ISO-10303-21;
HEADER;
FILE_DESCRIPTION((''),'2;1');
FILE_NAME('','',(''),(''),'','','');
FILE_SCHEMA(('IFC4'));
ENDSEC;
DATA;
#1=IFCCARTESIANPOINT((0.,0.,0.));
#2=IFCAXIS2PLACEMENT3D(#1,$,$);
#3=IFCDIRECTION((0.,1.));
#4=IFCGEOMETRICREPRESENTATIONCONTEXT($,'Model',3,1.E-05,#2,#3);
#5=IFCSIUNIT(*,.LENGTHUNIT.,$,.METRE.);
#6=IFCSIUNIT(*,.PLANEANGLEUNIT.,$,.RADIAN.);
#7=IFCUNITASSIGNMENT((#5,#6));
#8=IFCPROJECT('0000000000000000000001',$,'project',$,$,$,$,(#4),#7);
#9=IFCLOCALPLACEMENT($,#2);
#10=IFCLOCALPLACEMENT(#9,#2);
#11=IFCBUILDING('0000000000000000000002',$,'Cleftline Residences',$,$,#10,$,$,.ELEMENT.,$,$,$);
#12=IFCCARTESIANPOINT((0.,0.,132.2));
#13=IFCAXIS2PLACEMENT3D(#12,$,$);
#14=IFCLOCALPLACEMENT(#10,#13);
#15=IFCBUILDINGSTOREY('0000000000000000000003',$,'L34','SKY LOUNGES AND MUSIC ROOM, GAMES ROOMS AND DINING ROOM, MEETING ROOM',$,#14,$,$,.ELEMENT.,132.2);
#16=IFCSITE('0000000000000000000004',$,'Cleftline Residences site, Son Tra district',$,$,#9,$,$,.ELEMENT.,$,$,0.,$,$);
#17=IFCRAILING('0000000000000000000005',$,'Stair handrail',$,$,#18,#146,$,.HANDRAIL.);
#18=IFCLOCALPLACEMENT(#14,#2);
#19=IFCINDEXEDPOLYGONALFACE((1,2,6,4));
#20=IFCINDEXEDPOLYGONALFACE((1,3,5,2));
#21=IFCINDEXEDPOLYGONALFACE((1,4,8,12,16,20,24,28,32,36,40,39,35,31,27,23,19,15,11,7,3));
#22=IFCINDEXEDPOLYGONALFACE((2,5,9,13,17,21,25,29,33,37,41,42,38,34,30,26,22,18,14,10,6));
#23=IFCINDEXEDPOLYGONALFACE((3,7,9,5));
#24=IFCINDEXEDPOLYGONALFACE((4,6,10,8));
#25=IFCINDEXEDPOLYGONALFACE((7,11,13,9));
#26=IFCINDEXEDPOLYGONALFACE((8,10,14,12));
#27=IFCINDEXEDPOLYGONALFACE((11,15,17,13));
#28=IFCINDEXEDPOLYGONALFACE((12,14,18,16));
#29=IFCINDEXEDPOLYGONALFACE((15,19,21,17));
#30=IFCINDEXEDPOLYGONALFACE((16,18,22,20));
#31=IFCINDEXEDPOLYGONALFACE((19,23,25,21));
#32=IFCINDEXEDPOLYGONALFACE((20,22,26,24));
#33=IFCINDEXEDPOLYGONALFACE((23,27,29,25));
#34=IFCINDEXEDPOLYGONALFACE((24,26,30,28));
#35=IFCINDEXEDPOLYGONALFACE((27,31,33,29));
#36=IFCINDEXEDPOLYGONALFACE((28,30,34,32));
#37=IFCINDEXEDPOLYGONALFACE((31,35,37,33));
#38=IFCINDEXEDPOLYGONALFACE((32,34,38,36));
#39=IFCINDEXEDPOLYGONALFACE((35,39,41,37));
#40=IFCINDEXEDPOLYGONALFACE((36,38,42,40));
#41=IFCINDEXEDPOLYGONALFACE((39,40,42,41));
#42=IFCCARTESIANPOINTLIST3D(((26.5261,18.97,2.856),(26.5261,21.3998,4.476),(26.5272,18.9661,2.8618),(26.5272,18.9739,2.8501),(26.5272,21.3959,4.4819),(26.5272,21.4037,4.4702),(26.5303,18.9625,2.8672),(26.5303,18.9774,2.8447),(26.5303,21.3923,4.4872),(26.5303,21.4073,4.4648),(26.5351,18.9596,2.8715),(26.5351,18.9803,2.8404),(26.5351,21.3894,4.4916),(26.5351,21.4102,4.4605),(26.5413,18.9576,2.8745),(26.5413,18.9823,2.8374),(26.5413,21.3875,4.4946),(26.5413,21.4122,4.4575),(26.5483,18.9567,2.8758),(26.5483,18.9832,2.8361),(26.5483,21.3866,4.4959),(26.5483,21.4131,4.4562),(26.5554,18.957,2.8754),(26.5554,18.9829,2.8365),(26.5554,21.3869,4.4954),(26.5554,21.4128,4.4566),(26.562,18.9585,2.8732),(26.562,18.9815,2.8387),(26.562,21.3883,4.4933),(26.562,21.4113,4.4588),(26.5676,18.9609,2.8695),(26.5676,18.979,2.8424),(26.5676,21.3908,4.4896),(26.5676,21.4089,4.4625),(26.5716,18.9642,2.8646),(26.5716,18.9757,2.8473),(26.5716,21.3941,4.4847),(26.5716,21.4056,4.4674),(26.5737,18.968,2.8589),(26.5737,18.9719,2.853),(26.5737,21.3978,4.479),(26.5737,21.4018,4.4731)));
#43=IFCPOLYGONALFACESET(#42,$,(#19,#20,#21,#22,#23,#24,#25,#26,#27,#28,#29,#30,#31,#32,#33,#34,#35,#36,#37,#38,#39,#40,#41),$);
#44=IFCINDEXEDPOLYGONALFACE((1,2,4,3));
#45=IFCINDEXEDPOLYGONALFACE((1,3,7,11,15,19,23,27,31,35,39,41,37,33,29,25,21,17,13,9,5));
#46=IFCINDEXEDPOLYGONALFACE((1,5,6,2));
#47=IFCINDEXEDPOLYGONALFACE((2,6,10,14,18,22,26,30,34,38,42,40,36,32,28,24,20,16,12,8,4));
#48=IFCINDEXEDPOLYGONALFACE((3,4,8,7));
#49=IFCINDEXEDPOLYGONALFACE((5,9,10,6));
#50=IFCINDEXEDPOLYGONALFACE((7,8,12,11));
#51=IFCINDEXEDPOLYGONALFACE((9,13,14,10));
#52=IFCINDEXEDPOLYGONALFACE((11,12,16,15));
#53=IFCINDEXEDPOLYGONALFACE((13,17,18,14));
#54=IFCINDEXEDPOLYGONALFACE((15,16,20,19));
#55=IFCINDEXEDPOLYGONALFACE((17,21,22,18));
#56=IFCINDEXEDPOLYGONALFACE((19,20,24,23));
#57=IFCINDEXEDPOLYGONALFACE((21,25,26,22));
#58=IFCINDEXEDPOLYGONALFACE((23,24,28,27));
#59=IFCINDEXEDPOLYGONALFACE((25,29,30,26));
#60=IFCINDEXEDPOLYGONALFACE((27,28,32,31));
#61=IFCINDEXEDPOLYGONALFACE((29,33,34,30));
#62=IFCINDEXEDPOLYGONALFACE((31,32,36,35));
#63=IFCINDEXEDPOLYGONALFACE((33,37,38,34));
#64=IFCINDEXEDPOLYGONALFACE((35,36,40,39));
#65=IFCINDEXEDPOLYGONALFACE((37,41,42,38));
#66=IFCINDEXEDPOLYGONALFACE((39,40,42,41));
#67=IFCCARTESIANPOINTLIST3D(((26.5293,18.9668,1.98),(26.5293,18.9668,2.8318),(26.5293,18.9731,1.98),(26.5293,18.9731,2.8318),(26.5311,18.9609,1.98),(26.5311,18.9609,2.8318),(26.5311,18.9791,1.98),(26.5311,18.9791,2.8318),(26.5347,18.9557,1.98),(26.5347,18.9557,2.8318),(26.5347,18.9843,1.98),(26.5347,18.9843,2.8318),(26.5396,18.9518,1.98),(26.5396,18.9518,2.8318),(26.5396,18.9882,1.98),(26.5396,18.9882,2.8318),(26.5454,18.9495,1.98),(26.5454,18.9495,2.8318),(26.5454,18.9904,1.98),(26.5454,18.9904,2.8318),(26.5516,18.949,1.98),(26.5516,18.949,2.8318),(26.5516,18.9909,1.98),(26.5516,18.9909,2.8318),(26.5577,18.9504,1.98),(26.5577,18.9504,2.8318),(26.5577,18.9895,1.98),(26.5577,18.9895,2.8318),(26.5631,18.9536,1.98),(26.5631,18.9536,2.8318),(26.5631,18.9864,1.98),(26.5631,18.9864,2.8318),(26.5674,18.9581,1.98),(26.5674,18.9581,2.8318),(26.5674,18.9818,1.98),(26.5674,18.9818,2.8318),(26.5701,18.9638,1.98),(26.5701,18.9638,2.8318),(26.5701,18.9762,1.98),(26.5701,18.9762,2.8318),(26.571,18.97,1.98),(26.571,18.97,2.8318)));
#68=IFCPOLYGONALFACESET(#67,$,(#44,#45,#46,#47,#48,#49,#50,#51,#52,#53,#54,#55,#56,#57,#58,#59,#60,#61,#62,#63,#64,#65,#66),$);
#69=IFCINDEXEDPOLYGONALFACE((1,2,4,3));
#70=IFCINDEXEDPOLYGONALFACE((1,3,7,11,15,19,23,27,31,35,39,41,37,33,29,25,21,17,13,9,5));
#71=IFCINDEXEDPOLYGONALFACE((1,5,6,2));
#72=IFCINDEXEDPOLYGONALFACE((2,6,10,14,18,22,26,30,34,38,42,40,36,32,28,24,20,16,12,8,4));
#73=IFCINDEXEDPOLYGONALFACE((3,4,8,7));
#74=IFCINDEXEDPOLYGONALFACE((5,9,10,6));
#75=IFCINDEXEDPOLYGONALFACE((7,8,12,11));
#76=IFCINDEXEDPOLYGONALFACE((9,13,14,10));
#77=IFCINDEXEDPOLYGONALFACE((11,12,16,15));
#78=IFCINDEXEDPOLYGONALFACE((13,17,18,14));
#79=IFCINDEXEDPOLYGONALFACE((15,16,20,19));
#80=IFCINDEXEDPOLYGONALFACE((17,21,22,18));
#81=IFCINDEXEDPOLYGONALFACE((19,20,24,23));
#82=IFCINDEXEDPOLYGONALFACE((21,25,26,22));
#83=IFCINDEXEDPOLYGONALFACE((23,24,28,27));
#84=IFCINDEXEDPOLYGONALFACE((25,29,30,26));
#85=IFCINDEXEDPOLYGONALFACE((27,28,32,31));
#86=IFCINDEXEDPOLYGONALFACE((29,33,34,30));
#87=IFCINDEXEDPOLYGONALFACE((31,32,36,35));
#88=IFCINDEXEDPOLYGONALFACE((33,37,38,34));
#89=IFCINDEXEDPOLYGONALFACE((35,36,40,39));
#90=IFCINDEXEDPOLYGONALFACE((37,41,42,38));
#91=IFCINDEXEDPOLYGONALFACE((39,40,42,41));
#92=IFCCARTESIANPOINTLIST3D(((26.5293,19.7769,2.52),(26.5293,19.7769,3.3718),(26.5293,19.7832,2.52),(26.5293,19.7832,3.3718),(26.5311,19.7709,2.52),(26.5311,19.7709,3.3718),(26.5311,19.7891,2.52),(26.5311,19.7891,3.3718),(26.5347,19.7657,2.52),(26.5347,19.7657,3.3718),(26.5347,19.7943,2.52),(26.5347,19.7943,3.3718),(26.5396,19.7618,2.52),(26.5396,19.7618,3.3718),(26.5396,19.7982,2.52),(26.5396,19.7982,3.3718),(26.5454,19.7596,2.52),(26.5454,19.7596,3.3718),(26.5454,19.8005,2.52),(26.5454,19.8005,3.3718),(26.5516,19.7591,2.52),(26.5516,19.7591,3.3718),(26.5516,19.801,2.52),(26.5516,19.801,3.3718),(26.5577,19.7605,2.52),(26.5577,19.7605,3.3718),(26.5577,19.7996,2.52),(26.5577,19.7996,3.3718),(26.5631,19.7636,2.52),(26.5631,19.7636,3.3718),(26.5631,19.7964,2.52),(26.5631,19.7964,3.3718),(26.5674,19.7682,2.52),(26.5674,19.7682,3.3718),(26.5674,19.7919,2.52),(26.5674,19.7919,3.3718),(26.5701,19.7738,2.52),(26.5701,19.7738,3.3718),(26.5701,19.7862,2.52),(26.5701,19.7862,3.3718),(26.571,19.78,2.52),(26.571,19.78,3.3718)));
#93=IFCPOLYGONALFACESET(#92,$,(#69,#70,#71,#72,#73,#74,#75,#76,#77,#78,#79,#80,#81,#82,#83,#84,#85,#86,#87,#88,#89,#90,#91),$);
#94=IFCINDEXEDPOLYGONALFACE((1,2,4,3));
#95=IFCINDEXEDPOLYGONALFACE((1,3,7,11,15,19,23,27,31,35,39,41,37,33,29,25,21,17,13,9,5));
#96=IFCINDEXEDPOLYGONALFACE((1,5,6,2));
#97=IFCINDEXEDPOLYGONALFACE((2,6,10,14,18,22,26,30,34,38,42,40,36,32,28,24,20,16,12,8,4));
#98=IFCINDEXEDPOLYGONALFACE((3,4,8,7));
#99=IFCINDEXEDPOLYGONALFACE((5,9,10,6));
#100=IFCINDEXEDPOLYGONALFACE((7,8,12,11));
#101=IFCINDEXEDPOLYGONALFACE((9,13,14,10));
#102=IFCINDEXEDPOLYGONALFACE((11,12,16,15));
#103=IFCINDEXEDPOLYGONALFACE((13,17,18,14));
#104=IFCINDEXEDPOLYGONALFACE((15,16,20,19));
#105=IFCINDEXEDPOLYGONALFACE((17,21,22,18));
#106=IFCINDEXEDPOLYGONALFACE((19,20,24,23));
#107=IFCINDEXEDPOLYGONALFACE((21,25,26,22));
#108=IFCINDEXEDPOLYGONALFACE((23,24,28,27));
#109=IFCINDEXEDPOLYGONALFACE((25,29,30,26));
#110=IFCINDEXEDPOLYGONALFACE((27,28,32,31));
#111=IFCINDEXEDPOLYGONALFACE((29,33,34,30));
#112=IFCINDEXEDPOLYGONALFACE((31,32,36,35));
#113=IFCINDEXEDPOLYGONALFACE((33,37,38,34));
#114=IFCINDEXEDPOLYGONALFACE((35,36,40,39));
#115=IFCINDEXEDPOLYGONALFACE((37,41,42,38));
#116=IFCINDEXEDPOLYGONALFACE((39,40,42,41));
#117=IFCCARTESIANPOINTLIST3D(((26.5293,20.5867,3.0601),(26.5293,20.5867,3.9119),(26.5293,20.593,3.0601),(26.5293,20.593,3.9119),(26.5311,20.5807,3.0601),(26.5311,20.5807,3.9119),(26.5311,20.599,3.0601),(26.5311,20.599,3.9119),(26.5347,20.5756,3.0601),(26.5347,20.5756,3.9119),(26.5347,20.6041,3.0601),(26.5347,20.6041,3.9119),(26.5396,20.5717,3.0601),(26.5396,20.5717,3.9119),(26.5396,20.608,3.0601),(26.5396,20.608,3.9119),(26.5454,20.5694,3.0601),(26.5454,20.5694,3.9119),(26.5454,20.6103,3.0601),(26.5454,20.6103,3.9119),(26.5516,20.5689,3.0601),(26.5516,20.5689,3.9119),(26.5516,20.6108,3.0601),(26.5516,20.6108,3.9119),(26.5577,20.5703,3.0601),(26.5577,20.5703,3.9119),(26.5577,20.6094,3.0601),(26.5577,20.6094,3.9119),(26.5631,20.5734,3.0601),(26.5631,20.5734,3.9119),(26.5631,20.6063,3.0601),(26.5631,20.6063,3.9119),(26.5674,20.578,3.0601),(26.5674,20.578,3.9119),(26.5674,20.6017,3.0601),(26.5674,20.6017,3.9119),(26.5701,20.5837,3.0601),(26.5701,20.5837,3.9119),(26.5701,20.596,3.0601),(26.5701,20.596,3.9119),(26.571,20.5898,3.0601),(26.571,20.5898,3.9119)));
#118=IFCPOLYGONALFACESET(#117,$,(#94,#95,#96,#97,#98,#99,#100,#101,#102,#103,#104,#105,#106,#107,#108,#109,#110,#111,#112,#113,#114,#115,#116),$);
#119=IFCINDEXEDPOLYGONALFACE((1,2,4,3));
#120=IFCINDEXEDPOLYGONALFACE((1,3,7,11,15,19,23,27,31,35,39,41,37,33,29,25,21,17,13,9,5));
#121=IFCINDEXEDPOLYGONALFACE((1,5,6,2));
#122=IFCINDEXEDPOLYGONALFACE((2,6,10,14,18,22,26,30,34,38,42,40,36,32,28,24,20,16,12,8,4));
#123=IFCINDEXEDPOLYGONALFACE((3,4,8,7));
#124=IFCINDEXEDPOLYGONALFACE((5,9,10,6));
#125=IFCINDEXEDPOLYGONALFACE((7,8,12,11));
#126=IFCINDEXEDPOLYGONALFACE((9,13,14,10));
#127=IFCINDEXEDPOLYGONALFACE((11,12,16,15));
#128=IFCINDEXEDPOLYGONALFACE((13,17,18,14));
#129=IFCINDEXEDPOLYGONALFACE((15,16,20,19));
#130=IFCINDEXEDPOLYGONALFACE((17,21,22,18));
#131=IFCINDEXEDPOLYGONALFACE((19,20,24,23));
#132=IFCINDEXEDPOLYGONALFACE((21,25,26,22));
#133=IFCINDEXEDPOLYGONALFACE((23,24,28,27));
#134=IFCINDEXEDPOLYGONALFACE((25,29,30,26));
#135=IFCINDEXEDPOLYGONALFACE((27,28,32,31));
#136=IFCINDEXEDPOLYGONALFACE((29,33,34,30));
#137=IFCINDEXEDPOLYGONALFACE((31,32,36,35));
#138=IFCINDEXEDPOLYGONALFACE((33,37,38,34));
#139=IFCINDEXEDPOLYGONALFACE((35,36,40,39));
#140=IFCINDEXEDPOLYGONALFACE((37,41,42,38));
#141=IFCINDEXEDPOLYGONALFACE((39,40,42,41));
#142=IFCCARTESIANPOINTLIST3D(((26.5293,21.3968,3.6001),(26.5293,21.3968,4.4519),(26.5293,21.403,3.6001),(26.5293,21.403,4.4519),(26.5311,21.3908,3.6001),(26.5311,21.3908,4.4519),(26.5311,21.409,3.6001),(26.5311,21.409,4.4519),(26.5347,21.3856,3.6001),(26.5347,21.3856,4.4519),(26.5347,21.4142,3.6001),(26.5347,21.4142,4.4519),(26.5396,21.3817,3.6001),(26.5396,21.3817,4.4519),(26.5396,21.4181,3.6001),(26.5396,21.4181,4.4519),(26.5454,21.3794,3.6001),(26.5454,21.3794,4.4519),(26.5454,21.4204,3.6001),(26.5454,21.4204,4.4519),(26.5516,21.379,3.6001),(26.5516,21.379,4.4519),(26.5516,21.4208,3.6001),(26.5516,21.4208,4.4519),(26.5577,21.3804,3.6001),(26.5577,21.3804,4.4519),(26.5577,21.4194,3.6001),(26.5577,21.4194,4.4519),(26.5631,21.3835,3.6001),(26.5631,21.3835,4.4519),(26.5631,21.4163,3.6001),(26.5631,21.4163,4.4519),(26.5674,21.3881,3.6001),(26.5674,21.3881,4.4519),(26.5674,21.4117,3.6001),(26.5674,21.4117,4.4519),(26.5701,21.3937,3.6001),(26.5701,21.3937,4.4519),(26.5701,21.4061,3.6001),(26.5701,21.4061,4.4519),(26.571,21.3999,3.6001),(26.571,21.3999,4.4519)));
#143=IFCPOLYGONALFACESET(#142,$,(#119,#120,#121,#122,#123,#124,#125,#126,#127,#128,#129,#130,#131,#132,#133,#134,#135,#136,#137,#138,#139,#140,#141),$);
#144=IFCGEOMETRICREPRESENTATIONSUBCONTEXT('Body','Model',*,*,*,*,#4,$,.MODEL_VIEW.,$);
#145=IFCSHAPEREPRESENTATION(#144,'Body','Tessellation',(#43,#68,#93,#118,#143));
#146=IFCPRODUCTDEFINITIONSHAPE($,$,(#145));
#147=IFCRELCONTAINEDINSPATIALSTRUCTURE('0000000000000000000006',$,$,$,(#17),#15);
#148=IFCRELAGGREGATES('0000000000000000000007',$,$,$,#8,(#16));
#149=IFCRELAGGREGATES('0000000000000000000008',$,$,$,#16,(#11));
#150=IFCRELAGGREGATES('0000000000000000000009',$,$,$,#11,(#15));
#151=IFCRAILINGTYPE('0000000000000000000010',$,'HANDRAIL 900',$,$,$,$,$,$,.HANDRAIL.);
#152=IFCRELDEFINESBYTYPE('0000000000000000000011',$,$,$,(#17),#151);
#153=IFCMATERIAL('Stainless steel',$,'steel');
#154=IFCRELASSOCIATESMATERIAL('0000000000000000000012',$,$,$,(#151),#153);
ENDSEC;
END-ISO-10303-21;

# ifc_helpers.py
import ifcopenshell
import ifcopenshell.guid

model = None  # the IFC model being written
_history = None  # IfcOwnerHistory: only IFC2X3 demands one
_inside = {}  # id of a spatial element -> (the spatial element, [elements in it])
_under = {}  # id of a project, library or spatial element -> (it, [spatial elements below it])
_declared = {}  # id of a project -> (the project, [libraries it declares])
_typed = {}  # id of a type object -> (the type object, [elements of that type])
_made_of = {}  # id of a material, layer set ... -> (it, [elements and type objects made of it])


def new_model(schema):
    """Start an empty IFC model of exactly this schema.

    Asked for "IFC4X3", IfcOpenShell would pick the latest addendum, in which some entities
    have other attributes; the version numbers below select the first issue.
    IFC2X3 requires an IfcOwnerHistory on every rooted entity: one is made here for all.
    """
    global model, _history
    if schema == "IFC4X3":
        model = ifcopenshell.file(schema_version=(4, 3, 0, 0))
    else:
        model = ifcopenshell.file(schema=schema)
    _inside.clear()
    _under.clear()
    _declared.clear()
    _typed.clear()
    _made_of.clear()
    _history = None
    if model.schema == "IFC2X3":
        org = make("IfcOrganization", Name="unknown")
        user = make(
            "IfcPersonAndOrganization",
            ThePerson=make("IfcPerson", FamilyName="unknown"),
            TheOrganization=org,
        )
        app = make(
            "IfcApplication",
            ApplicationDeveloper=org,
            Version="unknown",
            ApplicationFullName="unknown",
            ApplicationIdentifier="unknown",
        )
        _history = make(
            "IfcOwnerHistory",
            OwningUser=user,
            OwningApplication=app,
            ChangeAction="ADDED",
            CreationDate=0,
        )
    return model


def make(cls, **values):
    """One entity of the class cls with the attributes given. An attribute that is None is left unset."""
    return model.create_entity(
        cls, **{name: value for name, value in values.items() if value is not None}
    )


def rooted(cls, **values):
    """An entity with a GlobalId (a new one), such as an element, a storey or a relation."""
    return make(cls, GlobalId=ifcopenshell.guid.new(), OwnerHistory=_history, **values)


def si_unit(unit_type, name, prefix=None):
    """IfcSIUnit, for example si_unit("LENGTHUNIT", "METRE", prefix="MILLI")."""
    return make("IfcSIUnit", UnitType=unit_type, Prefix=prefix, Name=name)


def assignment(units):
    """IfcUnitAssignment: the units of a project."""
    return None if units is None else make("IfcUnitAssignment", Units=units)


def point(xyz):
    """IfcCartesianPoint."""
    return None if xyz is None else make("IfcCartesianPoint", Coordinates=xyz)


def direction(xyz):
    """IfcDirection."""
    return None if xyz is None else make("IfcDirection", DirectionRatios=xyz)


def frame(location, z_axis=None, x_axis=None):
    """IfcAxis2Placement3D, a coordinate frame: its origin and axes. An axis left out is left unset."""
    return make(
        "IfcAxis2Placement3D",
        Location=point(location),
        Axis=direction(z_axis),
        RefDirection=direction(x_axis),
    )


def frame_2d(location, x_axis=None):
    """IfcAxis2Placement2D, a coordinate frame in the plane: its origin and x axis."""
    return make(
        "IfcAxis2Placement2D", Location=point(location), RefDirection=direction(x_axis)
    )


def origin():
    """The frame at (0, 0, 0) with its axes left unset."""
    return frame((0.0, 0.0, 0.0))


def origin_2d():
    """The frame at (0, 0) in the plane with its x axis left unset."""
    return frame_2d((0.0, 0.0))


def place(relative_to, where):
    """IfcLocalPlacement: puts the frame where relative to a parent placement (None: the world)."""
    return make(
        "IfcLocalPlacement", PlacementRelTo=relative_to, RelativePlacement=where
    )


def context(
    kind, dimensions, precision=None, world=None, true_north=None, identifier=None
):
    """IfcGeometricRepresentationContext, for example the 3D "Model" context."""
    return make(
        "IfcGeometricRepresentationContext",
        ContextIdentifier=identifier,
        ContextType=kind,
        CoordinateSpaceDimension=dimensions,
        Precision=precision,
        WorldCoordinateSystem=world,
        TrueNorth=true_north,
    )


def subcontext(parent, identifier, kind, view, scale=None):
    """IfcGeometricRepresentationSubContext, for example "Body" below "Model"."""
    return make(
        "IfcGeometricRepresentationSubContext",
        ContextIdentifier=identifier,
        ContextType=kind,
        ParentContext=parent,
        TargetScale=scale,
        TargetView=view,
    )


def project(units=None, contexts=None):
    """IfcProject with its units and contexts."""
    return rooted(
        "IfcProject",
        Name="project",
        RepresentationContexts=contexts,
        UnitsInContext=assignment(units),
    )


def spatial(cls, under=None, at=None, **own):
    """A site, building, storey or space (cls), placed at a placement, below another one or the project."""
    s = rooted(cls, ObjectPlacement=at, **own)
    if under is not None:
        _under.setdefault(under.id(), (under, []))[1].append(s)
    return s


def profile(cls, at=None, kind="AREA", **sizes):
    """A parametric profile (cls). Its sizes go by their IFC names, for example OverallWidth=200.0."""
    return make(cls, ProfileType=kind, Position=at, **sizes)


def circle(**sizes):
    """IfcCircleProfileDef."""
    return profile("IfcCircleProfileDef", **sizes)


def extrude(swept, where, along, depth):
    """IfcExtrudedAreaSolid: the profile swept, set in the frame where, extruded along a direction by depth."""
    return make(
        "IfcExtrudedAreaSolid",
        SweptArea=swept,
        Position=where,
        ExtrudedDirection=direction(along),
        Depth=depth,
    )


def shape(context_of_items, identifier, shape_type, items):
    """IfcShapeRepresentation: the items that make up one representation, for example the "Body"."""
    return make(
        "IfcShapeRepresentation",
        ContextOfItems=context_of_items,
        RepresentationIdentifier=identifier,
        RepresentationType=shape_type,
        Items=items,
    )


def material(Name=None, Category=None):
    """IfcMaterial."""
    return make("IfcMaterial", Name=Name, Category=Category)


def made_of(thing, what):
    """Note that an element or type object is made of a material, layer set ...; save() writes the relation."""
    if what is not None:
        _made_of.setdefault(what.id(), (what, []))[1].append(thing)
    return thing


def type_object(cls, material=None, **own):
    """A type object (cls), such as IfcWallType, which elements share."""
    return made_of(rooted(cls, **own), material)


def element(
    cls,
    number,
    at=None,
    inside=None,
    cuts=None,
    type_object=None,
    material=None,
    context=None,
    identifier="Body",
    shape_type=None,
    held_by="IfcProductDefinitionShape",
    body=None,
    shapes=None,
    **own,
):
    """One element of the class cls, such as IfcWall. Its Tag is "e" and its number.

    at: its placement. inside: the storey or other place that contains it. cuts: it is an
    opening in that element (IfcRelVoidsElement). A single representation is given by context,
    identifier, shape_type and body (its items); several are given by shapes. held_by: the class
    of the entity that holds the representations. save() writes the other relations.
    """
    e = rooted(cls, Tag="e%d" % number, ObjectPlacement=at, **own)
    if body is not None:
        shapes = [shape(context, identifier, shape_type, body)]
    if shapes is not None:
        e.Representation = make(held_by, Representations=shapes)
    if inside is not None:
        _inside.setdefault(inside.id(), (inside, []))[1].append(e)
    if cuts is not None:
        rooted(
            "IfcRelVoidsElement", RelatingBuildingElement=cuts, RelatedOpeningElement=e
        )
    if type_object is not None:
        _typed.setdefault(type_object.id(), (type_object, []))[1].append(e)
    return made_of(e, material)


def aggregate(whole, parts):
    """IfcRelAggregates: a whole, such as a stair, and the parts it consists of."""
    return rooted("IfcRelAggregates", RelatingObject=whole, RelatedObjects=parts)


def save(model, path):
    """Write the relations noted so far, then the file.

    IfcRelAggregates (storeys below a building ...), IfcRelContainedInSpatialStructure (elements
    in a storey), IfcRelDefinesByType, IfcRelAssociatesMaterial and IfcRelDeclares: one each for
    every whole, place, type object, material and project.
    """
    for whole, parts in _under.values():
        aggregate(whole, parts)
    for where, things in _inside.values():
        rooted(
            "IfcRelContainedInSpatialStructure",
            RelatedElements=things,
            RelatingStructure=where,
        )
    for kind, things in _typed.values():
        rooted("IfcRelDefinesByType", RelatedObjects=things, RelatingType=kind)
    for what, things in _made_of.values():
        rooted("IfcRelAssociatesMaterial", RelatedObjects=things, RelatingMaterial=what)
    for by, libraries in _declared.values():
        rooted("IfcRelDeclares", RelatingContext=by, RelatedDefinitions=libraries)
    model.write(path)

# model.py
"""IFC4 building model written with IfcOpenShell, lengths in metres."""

from ifc_helpers import new_model, si_unit, direction, frame, origin, origin_2d, place, context, subcontext, project, spatial, circle, extrude, material, type_object, element, save


model = new_model("IFC4")

# Units and contexts
model_context = context("Model", 3, precision=1e-05, world=origin(), true_north=direction((0.0, 1.0)))
body_context = subcontext(model_context, "Body", "Model", "MODEL_VIEW")
ifc_project = project(units=[si_unit("LENGTHUNIT", "METRE"), si_unit("PLANEANGLEUNIT", "RADIAN")], contexts=[model_context])

# Site, building, storey
site_placement = place(None, origin())
site = spatial("IfcSite", under=ifc_project, at=site_placement, Name="Cleftline Residences site, Son Tra district", CompositionType="ELEMENT", RefElevation=0.0)
building_placement = place(site_placement, origin())
building = spatial("IfcBuilding", under=site, at=building_placement, Name="Cleftline Residences", CompositionType="ELEMENT")
storey_placement = place(building_placement, frame((0.0, 0.0, 132.2)))
storey = spatial("IfcBuildingStorey", under=building, at=storey_placement, Name="L34", Description="SKY LOUNGES AND MUSIC ROOM, GAMES ROOMS AND DINING ROOM, MEETING ROOM", CompositionType="ELEMENT", Elevation=132.2)

# Railing
ifc_material_1 = material(Name="Stainless steel", Category="steel")
railing_type = type_object("IfcRailingType", Name="HANDRAIL 900", PredefinedType="HANDRAIL", material=ifc_material_1)
railing_1_placement = place(storey_placement, frame((26.55, 18.97, 1.98)))
element("IfcRailing", 1, at=railing_1_placement, inside=storey, type_object=railing_type, Name="Stair handrail", PredefinedType="HANDRAIL", context=body_context, shape_type="SweptSolid", body=[
    extrude(circle(Radius=0.0239, at=origin_2d()), frame((0.0, 0.0, 0.876), z_axis=(0.0, 0.832025, 0.554739), x_axis=(-1.0, 0.0, 0.0)), (0.0, 0.0, 1.0), 2.9204),
    extrude(circle(Radius=0.021, at=origin_2d()), origin(), (0.0, 0.0, 1.0), 0.8518),
    extrude(circle(Radius=0.021, at=origin_2d()), frame((0.0, 0.8101, 0.54)), (0.0, 0.0, 1.0), 0.8518),
    extrude(circle(Radius=0.021, at=origin_2d()), frame((0.0, 1.6199, 1.0801)), (0.0, 0.0, 1.0), 0.8518),
    extrude(circle(Radius=0.021, at=origin_2d()), frame((0.0, 2.4299, 1.6201)), (0.0, 0.0, 1.0), 0.8518),
])

save(model, "model.ifc")
